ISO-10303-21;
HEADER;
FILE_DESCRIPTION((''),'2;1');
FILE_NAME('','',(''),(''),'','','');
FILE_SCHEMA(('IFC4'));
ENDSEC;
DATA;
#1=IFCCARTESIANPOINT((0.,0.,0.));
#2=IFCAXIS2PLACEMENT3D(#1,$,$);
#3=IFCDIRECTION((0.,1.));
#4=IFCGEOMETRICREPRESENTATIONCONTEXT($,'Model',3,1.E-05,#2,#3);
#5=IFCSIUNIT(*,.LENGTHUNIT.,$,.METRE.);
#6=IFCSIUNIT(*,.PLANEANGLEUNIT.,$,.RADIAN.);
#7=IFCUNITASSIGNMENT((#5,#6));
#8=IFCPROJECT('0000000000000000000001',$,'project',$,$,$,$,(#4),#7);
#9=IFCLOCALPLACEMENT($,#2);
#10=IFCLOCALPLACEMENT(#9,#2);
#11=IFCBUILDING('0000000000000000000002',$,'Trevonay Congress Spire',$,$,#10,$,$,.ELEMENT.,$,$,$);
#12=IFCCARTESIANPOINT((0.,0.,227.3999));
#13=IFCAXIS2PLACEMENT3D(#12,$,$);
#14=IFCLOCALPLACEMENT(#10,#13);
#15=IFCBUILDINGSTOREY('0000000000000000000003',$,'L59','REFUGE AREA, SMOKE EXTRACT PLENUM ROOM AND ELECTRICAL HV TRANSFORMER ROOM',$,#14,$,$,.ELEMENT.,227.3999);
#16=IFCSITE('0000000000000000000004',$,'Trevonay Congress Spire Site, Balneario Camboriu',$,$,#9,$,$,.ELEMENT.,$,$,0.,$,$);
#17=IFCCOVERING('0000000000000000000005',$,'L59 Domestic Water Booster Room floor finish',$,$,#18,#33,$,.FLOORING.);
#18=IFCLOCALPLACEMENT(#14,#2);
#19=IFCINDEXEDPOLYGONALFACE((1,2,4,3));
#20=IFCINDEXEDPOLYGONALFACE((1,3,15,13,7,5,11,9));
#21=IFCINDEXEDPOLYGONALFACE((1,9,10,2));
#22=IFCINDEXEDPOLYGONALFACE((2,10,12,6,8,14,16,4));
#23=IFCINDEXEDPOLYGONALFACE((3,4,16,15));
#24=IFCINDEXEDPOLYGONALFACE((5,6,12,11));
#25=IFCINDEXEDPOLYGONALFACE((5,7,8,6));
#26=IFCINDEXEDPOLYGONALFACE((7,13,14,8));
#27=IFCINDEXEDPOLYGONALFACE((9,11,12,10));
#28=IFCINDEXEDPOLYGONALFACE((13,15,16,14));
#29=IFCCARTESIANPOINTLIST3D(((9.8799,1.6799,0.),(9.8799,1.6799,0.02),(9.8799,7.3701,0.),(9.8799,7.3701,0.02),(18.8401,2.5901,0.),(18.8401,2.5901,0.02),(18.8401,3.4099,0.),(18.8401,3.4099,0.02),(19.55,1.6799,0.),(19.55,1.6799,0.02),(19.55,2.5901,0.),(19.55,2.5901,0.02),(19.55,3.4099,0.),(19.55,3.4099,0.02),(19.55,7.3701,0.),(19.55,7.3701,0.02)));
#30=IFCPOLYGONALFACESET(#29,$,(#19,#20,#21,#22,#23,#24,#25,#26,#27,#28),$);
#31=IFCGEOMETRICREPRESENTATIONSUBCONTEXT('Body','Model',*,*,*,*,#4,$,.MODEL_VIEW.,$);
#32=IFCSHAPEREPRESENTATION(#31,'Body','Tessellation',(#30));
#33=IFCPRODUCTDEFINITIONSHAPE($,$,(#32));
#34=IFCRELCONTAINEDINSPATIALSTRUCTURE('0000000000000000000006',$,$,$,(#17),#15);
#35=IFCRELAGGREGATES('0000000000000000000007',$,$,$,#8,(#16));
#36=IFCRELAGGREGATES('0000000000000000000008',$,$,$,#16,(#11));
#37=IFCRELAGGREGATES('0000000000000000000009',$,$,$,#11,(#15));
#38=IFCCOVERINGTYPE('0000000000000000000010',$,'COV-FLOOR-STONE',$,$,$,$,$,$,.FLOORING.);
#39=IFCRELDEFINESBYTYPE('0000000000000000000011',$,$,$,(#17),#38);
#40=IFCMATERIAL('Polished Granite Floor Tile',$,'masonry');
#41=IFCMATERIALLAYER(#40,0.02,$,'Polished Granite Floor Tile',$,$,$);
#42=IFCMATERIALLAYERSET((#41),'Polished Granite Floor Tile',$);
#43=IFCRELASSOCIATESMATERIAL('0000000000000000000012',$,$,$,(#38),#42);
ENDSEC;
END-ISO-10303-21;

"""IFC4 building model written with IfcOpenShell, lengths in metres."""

from ifc_helpers import new_model, si_unit, direction, frame, origin, place, context, subcontext, project, spatial, polyline, outline, extrude, material, layer, layer_set, type_object, element, save


model = new_model("IFC4")

# Units and contexts
model_context = context("Model", 3, precision=1e-05, world=origin(), true_north=direction((0.0, 1.0)))
body_context = subcontext(model_context, "Body", "Model", "MODEL_VIEW")
ifc_project = project(units=[si_unit("LENGTHUNIT", "METRE"), si_unit("PLANEANGLEUNIT", "RADIAN")], contexts=[model_context])

# Site, building, storey
site_placement = place(None, origin())
site = spatial("IfcSite", under=ifc_project, at=site_placement, Name="Trevonay Congress Spire Site, Balneario Camboriu", CompositionType="ELEMENT", RefElevation=0.0)
building_placement = place(site_placement, origin())
building = spatial("IfcBuilding", under=site, at=building_placement, Name="Trevonay Congress Spire", CompositionType="ELEMENT")
storey_placement = place(building_placement, frame((0.0, 0.0, 227.3999)))
storey = spatial("IfcBuildingStorey", under=building, at=storey_placement, Name="L59", Description="REFUGE AREA, SMOKE EXTRACT PLENUM ROOM AND ELECTRICAL HV TRANSFORMER ROOM", CompositionType="ELEMENT", Elevation=227.3999)

# Covering
ifc_material_1 = material(Name="Polished Granite Floor Tile", Category="masonry")
ifc_layer_1 = layer(ifc_material_1, 0.02, Name="Polished Granite Floor Tile")
ifc_layer_set_1 = layer_set([ifc_layer_1], Name="Polished Granite Floor Tile")
covering_type_1 = type_object("IfcCoveringType", Name="COV-FLOOR-STONE", PredefinedType="FLOORING", material=ifc_layer_set_1)
covering_1_placement = place(storey_placement, origin())
element("IfcCovering", 1, at=covering_1_placement, inside=storey, type_object=covering_type_1, Name="L59 Domestic Water Booster Room floor finish", PredefinedType="FLOORING", context=body_context, shape_type="SweptSolid", body=[
    extrude(outline(polyline([(19.55, 1.6799), (9.8799, 1.6799), (9.8799, 7.3701), (19.55, 7.3701), (19.55, 3.4099), (18.8401, 3.4099), (18.8401, 2.5901), (19.55, 2.5901), (19.55, 1.6799)])), origin(), (0.0, 0.0, 1.0), 0.02),
])

save(model, "model.ifc")
